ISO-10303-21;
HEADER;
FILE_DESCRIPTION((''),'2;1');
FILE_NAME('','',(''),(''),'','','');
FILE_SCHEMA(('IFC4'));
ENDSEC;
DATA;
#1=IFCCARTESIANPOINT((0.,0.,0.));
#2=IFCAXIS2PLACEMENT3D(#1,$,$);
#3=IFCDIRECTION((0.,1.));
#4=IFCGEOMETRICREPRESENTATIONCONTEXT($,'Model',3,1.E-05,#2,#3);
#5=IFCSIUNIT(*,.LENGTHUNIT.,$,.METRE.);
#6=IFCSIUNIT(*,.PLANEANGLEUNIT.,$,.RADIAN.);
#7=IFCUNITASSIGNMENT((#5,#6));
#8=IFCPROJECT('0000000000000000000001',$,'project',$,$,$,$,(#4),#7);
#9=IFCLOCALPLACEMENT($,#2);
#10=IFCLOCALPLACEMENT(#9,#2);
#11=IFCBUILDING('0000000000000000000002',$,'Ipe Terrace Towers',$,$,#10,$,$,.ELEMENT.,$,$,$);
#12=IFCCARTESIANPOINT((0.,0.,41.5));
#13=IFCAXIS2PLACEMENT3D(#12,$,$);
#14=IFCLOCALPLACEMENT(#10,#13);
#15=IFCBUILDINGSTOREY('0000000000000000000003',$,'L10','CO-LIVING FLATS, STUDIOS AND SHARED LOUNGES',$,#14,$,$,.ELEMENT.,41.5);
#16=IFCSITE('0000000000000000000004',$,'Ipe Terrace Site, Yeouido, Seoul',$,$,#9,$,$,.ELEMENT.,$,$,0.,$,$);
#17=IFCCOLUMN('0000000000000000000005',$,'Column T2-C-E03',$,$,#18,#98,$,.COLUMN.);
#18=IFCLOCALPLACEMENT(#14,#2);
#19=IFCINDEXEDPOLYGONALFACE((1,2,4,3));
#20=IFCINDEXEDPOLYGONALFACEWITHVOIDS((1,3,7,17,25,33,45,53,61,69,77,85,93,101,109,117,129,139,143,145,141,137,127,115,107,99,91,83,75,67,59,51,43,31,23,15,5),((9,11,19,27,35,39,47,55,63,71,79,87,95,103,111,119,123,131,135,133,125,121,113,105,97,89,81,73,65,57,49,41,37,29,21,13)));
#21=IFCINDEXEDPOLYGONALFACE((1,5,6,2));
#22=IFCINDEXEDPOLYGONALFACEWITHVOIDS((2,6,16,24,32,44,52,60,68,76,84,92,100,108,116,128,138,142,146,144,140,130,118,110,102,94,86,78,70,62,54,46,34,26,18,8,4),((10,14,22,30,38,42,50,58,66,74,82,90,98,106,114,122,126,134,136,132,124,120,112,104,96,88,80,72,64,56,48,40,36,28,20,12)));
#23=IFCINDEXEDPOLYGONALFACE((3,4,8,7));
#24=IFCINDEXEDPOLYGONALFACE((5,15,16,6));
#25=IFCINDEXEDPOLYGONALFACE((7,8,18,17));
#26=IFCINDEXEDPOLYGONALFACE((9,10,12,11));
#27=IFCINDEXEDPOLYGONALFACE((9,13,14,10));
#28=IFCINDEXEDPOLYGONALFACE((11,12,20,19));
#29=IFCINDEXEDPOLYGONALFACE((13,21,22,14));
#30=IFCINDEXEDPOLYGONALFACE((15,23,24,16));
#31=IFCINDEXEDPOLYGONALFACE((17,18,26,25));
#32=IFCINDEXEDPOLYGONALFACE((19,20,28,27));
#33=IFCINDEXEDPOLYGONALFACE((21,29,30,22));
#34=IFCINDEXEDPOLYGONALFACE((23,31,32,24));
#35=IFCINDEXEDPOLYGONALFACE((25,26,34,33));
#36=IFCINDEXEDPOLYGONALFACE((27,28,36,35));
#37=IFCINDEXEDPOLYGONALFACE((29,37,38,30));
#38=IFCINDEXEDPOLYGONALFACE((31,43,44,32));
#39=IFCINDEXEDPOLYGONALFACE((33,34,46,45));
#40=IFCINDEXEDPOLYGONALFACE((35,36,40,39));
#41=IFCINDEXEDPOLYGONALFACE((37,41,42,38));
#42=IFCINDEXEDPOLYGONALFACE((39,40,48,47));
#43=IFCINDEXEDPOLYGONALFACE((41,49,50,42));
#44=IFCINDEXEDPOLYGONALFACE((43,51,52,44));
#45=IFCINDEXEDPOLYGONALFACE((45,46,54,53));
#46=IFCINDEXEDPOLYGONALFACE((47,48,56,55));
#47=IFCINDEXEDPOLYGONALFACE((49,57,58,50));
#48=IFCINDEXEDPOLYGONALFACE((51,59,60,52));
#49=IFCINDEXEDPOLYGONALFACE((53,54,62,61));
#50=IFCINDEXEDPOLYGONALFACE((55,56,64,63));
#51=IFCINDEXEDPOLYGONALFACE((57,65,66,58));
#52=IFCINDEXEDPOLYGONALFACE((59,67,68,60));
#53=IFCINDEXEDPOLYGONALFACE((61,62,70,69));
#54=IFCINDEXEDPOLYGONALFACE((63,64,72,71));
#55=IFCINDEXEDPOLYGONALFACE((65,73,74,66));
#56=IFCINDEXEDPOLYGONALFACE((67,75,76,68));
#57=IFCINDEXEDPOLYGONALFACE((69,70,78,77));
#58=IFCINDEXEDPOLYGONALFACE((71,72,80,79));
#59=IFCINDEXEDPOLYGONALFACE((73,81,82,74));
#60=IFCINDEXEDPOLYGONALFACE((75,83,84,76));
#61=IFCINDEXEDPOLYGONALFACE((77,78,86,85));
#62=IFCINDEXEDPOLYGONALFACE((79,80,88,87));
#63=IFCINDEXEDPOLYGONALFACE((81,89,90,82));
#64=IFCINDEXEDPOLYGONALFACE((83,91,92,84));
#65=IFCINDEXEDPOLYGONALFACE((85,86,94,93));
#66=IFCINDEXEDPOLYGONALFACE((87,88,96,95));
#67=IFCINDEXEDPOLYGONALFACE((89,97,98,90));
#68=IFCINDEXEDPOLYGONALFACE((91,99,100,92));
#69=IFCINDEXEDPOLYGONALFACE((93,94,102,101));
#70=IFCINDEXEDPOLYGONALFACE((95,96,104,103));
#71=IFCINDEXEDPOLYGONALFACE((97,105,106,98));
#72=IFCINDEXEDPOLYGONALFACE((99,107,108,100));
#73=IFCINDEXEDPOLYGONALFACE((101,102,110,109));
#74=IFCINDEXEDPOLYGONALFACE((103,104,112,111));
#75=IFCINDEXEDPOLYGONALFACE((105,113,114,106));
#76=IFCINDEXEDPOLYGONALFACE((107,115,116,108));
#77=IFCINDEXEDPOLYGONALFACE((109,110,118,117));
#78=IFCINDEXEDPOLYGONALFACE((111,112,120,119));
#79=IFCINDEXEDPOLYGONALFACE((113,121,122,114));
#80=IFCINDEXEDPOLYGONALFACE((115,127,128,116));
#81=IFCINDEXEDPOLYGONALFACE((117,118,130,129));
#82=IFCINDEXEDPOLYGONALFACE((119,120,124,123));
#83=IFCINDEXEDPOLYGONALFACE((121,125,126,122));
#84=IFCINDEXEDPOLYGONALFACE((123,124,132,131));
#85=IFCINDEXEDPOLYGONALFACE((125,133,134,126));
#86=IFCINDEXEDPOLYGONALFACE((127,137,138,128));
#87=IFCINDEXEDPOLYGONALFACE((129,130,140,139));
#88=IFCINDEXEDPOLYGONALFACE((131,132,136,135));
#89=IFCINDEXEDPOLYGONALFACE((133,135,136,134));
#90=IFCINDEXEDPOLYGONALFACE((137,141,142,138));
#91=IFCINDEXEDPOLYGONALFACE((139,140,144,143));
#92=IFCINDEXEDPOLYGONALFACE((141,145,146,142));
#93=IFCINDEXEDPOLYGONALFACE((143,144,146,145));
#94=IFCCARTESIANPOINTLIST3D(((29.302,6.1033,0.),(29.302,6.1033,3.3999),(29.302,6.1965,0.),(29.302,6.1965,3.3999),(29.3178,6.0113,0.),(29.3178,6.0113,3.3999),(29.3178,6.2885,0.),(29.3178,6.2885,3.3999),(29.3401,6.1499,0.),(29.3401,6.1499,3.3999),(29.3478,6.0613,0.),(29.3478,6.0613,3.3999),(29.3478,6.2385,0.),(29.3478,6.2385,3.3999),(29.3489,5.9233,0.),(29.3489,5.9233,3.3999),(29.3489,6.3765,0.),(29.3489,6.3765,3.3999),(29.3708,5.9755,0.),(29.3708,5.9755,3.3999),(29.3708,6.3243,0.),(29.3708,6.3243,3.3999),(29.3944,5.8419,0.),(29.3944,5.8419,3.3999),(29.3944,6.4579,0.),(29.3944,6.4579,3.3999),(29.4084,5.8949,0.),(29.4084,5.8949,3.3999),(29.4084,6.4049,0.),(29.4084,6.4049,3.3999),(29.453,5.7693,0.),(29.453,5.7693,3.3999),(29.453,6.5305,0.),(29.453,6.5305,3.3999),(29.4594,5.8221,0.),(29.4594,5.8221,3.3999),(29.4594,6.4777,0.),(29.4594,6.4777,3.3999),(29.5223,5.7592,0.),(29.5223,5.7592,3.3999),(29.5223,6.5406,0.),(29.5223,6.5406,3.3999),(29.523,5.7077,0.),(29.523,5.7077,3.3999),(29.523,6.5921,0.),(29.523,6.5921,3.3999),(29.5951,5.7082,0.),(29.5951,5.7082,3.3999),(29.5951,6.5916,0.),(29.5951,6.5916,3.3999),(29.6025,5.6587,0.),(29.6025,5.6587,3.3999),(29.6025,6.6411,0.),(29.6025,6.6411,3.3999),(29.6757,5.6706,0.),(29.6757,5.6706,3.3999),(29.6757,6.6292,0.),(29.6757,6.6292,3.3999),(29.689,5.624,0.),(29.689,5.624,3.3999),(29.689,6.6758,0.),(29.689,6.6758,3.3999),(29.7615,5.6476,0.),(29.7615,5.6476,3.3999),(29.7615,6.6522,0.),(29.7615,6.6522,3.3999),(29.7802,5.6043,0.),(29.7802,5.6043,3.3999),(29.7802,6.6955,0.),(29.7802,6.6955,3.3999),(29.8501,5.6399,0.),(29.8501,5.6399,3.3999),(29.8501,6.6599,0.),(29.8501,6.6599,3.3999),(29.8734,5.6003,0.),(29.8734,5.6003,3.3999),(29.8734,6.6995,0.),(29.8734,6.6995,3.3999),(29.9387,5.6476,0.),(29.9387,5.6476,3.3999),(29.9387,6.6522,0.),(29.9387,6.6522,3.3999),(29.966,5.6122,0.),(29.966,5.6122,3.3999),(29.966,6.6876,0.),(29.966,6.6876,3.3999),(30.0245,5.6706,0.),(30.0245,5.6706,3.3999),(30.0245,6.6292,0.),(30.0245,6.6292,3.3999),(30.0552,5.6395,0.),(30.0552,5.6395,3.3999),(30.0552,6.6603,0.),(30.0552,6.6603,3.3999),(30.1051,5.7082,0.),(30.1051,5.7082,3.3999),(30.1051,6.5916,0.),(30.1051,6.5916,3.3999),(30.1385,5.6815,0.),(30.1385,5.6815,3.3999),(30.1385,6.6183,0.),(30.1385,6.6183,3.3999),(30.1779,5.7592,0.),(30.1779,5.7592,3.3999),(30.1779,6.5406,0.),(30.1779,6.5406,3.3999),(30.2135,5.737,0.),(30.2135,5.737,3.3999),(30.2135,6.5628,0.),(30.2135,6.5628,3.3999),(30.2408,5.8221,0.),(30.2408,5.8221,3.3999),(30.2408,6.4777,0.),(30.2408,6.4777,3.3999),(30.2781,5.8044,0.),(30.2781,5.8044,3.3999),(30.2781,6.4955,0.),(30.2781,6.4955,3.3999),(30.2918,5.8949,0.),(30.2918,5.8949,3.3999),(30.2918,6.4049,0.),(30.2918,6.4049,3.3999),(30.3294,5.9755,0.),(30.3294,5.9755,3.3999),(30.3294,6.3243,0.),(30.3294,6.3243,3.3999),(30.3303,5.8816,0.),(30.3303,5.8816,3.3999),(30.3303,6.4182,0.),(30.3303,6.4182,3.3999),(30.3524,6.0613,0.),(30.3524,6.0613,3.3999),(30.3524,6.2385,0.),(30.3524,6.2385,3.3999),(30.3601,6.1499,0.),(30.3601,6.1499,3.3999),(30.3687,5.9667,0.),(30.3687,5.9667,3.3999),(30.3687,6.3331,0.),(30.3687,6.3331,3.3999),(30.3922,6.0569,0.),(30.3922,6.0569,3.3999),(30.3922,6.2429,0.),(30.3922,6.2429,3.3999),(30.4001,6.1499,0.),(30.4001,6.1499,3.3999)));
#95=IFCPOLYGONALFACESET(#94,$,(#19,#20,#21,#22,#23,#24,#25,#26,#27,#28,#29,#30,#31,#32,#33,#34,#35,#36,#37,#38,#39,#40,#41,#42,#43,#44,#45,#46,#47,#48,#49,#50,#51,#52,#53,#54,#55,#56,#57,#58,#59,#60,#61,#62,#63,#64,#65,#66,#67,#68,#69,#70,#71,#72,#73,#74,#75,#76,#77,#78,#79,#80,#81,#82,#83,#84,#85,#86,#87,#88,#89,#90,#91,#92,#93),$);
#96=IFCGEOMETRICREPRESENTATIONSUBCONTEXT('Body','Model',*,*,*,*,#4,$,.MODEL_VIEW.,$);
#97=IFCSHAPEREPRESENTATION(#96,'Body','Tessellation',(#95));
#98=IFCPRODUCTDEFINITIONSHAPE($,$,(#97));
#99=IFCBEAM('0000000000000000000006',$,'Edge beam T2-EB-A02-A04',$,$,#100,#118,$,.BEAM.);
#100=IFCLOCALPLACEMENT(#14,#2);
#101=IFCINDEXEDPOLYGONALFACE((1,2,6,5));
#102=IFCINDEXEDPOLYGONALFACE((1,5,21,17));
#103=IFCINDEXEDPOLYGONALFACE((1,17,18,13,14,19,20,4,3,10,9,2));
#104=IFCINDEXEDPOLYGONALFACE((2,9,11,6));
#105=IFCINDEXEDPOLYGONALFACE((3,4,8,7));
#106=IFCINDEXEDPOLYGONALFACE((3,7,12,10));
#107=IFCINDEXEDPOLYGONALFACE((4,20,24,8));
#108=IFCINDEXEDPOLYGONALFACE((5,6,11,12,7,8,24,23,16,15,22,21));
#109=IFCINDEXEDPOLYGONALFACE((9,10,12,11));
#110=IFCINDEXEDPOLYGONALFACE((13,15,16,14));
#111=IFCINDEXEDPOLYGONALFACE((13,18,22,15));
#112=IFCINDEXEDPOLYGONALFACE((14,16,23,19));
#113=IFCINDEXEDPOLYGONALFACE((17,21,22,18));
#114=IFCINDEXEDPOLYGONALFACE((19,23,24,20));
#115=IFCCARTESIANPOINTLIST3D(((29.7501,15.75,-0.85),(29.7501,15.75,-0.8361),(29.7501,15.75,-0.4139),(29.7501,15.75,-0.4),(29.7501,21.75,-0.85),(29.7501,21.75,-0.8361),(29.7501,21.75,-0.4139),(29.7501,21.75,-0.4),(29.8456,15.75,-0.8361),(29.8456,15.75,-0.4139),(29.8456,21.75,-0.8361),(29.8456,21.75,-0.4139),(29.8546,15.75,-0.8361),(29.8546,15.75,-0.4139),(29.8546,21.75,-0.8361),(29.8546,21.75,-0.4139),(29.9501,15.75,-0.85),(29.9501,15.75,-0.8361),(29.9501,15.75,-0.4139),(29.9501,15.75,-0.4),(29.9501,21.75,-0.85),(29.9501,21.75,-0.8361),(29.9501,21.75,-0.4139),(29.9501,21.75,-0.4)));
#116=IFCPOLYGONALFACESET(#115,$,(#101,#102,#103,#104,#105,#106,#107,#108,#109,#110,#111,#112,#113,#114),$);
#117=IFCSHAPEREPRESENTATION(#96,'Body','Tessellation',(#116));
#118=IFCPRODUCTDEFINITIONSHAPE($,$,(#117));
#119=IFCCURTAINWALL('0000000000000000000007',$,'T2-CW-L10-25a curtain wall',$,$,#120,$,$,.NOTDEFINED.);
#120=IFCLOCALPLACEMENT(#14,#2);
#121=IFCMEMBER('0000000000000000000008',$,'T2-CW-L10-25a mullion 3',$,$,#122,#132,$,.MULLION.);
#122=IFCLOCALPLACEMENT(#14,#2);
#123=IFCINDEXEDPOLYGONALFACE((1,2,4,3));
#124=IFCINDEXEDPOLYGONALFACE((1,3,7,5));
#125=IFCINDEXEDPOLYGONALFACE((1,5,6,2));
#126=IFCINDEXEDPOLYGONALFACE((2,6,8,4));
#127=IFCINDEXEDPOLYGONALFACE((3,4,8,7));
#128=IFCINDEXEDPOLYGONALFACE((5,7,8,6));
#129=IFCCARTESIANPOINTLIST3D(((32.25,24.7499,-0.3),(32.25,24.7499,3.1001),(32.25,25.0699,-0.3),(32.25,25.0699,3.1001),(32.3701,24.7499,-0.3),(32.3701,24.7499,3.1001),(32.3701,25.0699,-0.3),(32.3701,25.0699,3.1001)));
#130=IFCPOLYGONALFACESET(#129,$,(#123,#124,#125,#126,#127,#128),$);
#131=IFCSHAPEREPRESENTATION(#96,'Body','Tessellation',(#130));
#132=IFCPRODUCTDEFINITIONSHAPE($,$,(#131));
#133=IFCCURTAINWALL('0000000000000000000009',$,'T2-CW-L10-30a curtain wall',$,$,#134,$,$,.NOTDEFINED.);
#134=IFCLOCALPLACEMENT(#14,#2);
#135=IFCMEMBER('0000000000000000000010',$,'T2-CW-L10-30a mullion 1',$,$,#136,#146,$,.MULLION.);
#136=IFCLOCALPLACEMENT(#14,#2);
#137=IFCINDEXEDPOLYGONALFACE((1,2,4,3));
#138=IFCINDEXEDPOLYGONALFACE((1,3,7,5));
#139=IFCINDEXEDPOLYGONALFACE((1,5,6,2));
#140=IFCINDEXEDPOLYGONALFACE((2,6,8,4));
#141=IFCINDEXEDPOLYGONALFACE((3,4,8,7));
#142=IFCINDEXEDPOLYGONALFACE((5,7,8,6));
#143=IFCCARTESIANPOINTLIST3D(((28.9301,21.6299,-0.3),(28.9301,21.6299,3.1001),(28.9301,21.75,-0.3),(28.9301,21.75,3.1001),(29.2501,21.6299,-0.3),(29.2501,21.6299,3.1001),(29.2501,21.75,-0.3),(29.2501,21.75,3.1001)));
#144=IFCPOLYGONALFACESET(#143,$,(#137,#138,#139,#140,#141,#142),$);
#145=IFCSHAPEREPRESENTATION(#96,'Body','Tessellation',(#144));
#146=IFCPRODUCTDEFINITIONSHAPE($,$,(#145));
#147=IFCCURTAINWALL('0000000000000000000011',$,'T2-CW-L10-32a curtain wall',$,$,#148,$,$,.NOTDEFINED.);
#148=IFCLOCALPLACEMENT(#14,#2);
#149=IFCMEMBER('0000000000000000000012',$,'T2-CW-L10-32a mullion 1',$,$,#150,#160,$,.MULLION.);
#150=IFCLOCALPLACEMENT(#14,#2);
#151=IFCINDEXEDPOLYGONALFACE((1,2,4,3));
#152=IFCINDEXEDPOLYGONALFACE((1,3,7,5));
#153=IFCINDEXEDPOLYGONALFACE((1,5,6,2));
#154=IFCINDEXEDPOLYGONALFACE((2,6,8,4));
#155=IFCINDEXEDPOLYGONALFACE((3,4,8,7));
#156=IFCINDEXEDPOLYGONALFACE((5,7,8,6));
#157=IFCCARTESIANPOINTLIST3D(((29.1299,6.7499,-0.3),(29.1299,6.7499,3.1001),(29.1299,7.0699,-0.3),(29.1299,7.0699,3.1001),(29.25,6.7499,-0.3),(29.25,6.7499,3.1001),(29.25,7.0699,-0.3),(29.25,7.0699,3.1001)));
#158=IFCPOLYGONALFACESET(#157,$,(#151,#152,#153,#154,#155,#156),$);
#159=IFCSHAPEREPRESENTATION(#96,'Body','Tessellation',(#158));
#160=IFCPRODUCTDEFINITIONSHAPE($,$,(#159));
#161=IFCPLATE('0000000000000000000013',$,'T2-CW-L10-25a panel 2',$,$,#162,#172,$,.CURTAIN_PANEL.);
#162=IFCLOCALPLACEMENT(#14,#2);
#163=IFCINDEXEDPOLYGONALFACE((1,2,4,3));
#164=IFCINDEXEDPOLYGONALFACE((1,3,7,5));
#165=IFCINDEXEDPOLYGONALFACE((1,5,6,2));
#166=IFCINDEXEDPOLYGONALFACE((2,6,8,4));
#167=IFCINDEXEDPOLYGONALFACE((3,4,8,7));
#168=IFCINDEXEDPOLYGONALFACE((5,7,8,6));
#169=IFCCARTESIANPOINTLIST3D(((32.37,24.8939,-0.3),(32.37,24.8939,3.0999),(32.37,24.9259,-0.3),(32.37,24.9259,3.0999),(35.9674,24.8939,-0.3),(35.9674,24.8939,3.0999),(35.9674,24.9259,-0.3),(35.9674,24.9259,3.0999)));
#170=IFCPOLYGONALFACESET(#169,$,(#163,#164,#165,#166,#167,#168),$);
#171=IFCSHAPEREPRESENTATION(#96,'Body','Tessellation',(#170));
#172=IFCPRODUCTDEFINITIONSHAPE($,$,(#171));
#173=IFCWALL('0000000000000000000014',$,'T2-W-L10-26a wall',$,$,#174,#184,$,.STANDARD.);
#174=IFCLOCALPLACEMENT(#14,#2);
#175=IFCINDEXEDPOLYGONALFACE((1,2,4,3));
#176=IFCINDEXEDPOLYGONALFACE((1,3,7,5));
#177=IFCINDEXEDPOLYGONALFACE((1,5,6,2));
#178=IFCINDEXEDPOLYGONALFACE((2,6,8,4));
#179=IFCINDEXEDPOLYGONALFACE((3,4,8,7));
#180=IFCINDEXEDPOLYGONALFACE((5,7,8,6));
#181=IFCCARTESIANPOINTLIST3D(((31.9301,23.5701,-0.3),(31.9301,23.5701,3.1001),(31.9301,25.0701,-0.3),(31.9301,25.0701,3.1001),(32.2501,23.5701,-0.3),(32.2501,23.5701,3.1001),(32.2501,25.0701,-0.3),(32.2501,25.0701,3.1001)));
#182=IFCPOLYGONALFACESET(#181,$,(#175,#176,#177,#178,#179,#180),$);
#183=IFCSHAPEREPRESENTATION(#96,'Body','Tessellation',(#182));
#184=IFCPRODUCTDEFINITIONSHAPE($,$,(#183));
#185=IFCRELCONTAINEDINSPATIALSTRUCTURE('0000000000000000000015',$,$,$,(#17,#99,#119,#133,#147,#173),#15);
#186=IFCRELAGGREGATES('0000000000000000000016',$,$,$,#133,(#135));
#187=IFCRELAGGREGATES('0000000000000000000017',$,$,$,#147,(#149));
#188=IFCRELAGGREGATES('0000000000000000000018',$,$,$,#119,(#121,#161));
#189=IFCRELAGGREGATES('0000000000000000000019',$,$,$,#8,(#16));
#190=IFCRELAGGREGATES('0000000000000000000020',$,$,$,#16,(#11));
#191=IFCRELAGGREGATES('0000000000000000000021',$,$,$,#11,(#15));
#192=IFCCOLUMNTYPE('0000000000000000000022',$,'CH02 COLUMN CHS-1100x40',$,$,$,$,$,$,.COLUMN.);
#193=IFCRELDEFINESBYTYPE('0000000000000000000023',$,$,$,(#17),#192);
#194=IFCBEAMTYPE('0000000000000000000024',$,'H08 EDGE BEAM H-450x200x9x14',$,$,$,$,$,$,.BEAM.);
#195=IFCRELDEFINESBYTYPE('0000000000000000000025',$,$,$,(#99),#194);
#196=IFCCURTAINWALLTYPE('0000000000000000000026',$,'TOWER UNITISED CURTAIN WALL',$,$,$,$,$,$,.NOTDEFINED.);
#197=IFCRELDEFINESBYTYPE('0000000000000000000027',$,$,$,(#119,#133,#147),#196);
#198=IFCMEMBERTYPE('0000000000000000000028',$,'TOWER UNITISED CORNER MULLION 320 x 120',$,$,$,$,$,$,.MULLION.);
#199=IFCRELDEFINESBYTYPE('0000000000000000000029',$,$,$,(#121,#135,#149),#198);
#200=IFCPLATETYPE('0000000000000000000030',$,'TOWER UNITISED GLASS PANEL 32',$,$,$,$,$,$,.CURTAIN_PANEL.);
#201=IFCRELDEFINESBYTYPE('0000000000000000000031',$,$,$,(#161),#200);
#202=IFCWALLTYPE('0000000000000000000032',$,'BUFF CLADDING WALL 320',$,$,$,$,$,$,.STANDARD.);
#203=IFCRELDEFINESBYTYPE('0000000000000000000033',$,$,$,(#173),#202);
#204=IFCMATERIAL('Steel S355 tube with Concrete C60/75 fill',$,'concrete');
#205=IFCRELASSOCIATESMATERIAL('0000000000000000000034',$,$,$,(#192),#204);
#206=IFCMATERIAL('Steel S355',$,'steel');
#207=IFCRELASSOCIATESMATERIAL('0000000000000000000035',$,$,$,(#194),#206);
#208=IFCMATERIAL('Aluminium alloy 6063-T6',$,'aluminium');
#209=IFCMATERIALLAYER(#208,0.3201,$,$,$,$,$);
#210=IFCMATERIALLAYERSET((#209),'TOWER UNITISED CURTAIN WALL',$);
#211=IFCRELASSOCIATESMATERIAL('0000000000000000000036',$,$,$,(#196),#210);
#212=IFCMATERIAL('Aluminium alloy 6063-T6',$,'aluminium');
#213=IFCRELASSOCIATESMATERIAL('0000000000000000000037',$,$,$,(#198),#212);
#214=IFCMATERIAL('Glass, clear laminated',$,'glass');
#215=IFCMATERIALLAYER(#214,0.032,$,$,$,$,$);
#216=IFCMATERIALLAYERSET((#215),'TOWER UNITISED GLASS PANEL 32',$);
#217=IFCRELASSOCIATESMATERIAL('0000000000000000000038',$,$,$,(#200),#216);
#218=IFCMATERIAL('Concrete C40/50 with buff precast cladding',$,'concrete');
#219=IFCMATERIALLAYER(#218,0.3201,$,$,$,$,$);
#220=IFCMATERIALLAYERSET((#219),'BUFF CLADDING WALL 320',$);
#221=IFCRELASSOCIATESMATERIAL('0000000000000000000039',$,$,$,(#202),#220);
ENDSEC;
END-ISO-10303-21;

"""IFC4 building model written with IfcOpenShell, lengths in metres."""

from ifc_helpers import new_model, si_unit, direction, frame, frame_2d, origin, origin_2d, place, context, subcontext, project, spatial, rectangle, hollow_circle, i_section, extrude, material, layer, layer_set, material_profile, profile_set, type_object, element, aggregate, save


model = new_model("IFC4")

# Units and contexts
model_context = context("Model", 3, precision=1e-05, world=origin(), true_north=direction((0.0, 1.0)))
body_context = subcontext(model_context, "Body", "Model", "MODEL_VIEW")
ifc_project = project(units=[si_unit("LENGTHUNIT", "METRE"), si_unit("PLANEANGLEUNIT", "RADIAN")], contexts=[model_context])

# Site, building, storey
site_placement = place(None, origin())
site = spatial("IfcSite", under=ifc_project, at=site_placement, Name="Ipe Terrace Site, Yeouido, Seoul", CompositionType="ELEMENT", RefElevation=0.0)
building_placement = place(site_placement, origin())
building = spatial("IfcBuilding", under=site, at=building_placement, Name="Ipe Terrace Towers", CompositionType="ELEMENT")
storey_placement = place(building_placement, frame((0.0, 0.0, 41.5)))
storey = spatial("IfcBuildingStorey", under=building, at=storey_placement, Name="L10", Description="CO-LIVING FLATS, STUDIOS AND SHARED LOUNGES", CompositionType="ELEMENT", Elevation=41.5)

# Column
ifc_material_1 = material(Name="Steel S355 tube with Concrete C60/75 fill", Category="concrete")
ifc_material_profile_1 = material_profile(ifc_material_1, hollow_circle(Radius=0.55, WallThickness=0.04, at=origin_2d()), Name="CHS-1100x40")
ifc_profile_set_1 = profile_set([ifc_material_profile_1], Name="Steel S355 tube with Concrete C60/75 fill")
column_type_1 = type_object("IfcColumnType", Name="CH02 COLUMN CHS-1100x40", PredefinedType="COLUMN", material=ifc_profile_set_1)
column_placement = place(storey_placement, frame((29.8501, 6.1499, 0.0), z_axis=(0.0, 0.0, 1.0), x_axis=(1.0, 0.0, 0.0)))
element("IfcColumn", 1, at=column_placement, inside=storey, type_object=column_type_1, Name="Column T2-C-E03", PredefinedType="COLUMN", context=body_context, shape_type="SweptSolid", body=[
    extrude(hollow_circle(Radius=0.55, WallThickness=0.04, at=origin_2d()), origin(), (0.0, 0.0, 1.0), 3.3999),
])

# Beam
ifc_material_2 = material(Name="Steel S355", Category="steel")
ifc_material_profile_2 = material_profile(ifc_material_2, i_section(OverallWidth=0.2, OverallDepth=0.45, WebThickness=0.009, FlangeThickness=0.0139, at=origin_2d()), Name="H-450x200x9x14")
ifc_profile_set_2 = profile_set([ifc_material_profile_2], Name="Steel S355")
beam_type = type_object("IfcBeamType", Name="H08 EDGE BEAM H-450x200x9x14", PredefinedType="BEAM", material=ifc_profile_set_2)
beam_placement = place(storey_placement, frame((29.8501, 15.75, -0.625), z_axis=(0.0, 1.0, 0.0), x_axis=(-1.0, 0.0, 0.0)))
element("IfcBeam", 2, at=beam_placement, inside=storey, type_object=beam_type, Name="Edge beam T2-EB-A02-A04", PredefinedType="BEAM", context=body_context, shape_type="SweptSolid", body=[
    extrude(i_section(OverallWidth=0.2, OverallDepth=0.45, WebThickness=0.009, FlangeThickness=0.0139, at=origin_2d()), origin(), (0.0, 0.0, 1.0), 6.0),
])

# Curtain walls, members
ifc_material_3 = material(Name="Aluminium alloy 6063-T6", Category="aluminium")
ifc_layer_1 = layer(ifc_material_3, 0.3201)
ifc_layer_set_1 = layer_set([ifc_layer_1], Name="TOWER UNITISED CURTAIN WALL")
curtain_wall_type = type_object("IfcCurtainWallType", Name="TOWER UNITISED CURTAIN WALL", PredefinedType="NOTDEFINED", material=ifc_layer_set_1)
curtain_wall_1_placement = place(storey_placement, origin())
curtain_wall_1 = element("IfcCurtainWall", 3, at=curtain_wall_1_placement, inside=storey, type_object=curtain_wall_type, Name="T2-CW-L10-25a curtain wall", PredefinedType="NOTDEFINED")
ifc_material_4 = material(Name="Aluminium alloy 6063-T6", Category="aluminium")
ifc_material_profile_3 = material_profile(ifc_material_4, rectangle(XDim=0.3201, YDim=0.1201, at=origin_2d()), Name="TOWER UNITISED CORNER MULLION 320 x 120")
ifc_profile_set_3 = profile_set([ifc_material_profile_3], Name="Aluminium alloy 6063-T6")
member_type = type_object("IfcMemberType", Name="TOWER UNITISED CORNER MULLION 320 x 120", PredefinedType="MULLION", material=ifc_profile_set_3)
member_1_placement = place(storey_placement, frame((32.3101, 24.9099, -0.3), z_axis=(0.0, 0.0, 1.0), x_axis=(0.0, 1.0, 0.0)))
member_1 = element("IfcMember", 4, at=member_1_placement, type_object=member_type, Name="T2-CW-L10-25a mullion 3", PredefinedType="MULLION", context=body_context, shape_type="SweptSolid", body=[
    extrude(rectangle(XDim=0.3201, YDim=0.1201, at=origin_2d()), origin(), (0.0, 0.0, 1.0), 3.4001),
])
curtain_wall_2_placement = place(storey_placement, origin())
curtain_wall_2 = element("IfcCurtainWall", 5, at=curtain_wall_2_placement, inside=storey, type_object=curtain_wall_type, Name="T2-CW-L10-30a curtain wall", PredefinedType="NOTDEFINED")
member_2_placement = place(storey_placement, frame((29.0901, 21.6899, -0.3), z_axis=(0.0, 0.0, 1.0), x_axis=(-1.0, 0.0, 0.0)))
member_2 = element("IfcMember", 6, at=member_2_placement, type_object=member_type, Name="T2-CW-L10-30a mullion 1", PredefinedType="MULLION", context=body_context, shape_type="SweptSolid", body=[
    extrude(rectangle(XDim=0.3201, YDim=0.1201, at=origin_2d()), origin(), (0.0, 0.0, 1.0), 3.4001),
])
aggregate(curtain_wall_2, [member_2])
curtain_wall_3_placement = place(storey_placement, origin())
curtain_wall_3 = element("IfcCurtainWall", 7, at=curtain_wall_3_placement, inside=storey, type_object=curtain_wall_type, Name="T2-CW-L10-32a curtain wall", PredefinedType="NOTDEFINED")
member_3_placement = place(storey_placement, frame((29.1899, 6.9099, -0.3), z_axis=(0.0, 0.0, 1.0), x_axis=(0.0, 1.0, 0.0)))
member_3 = element("IfcMember", 8, at=member_3_placement, type_object=member_type, Name="T2-CW-L10-32a mullion 1", PredefinedType="MULLION", context=body_context, shape_type="SweptSolid", body=[
    extrude(rectangle(XDim=0.3201, YDim=0.1201, at=origin_2d()), origin(), (0.0, 0.0, 1.0), 3.4001),
])
aggregate(curtain_wall_3, [member_3])

# Plate
ifc_material_5 = material(Name="Glass, clear laminated", Category="glass")
ifc_layer_2 = layer(ifc_material_5, 0.032)
ifc_layer_set_2 = layer_set([ifc_layer_2], Name="TOWER UNITISED GLASS PANEL 32")
plate_type = type_object("IfcPlateType", Name="TOWER UNITISED GLASS PANEL 32", PredefinedType="CURTAIN_PANEL", material=ifc_layer_set_2)
plate_placement = place(storey_placement, frame((34.1687, 24.9099, -0.3), z_axis=(0.0, 0.0, 1.0), x_axis=(-1.0, 0.0, 0.0)))
plate = element("IfcPlate", 9, at=plate_placement, type_object=plate_type, Name="T2-CW-L10-25a panel 2", PredefinedType="CURTAIN_PANEL", context=body_context, shape_type="SweptSolid", body=[
    extrude(rectangle(XDim=3.5974, YDim=0.032, at=origin_2d()), origin(), (0.0, 0.0, 1.0), 3.3999),
])
aggregate(curtain_wall_1, [member_1, plate])

# Wall
ifc_material_6 = material(Name="Concrete C40/50 with buff precast cladding", Category="concrete")
ifc_layer_3 = layer(ifc_material_6, 0.3201)
ifc_layer_set_3 = layer_set([ifc_layer_3], Name="BUFF CLADDING WALL 320")
wall_type_1 = type_object("IfcWallType", Name="BUFF CLADDING WALL 320", PredefinedType="STANDARD", material=ifc_layer_set_3)
wall_1_placement = place(storey_placement, frame((32.0901, 25.0701, -0.3), z_axis=(0.0, 0.0, 1.0), x_axis=(0.0, -1.0, 0.0)))
element("IfcWall", 10, at=wall_1_placement, inside=storey, type_object=wall_type_1, Name="T2-W-L10-26a wall", PredefinedType="STANDARD", context=body_context, shape_type="SweptSolid", body=[
    extrude(rectangle(XDim=1.5, YDim=0.3201, at=frame_2d((0.75, 0.0))), origin(), (0.0, 0.0, 1.0), 3.4001),
])

save(model, "model.ifc")
